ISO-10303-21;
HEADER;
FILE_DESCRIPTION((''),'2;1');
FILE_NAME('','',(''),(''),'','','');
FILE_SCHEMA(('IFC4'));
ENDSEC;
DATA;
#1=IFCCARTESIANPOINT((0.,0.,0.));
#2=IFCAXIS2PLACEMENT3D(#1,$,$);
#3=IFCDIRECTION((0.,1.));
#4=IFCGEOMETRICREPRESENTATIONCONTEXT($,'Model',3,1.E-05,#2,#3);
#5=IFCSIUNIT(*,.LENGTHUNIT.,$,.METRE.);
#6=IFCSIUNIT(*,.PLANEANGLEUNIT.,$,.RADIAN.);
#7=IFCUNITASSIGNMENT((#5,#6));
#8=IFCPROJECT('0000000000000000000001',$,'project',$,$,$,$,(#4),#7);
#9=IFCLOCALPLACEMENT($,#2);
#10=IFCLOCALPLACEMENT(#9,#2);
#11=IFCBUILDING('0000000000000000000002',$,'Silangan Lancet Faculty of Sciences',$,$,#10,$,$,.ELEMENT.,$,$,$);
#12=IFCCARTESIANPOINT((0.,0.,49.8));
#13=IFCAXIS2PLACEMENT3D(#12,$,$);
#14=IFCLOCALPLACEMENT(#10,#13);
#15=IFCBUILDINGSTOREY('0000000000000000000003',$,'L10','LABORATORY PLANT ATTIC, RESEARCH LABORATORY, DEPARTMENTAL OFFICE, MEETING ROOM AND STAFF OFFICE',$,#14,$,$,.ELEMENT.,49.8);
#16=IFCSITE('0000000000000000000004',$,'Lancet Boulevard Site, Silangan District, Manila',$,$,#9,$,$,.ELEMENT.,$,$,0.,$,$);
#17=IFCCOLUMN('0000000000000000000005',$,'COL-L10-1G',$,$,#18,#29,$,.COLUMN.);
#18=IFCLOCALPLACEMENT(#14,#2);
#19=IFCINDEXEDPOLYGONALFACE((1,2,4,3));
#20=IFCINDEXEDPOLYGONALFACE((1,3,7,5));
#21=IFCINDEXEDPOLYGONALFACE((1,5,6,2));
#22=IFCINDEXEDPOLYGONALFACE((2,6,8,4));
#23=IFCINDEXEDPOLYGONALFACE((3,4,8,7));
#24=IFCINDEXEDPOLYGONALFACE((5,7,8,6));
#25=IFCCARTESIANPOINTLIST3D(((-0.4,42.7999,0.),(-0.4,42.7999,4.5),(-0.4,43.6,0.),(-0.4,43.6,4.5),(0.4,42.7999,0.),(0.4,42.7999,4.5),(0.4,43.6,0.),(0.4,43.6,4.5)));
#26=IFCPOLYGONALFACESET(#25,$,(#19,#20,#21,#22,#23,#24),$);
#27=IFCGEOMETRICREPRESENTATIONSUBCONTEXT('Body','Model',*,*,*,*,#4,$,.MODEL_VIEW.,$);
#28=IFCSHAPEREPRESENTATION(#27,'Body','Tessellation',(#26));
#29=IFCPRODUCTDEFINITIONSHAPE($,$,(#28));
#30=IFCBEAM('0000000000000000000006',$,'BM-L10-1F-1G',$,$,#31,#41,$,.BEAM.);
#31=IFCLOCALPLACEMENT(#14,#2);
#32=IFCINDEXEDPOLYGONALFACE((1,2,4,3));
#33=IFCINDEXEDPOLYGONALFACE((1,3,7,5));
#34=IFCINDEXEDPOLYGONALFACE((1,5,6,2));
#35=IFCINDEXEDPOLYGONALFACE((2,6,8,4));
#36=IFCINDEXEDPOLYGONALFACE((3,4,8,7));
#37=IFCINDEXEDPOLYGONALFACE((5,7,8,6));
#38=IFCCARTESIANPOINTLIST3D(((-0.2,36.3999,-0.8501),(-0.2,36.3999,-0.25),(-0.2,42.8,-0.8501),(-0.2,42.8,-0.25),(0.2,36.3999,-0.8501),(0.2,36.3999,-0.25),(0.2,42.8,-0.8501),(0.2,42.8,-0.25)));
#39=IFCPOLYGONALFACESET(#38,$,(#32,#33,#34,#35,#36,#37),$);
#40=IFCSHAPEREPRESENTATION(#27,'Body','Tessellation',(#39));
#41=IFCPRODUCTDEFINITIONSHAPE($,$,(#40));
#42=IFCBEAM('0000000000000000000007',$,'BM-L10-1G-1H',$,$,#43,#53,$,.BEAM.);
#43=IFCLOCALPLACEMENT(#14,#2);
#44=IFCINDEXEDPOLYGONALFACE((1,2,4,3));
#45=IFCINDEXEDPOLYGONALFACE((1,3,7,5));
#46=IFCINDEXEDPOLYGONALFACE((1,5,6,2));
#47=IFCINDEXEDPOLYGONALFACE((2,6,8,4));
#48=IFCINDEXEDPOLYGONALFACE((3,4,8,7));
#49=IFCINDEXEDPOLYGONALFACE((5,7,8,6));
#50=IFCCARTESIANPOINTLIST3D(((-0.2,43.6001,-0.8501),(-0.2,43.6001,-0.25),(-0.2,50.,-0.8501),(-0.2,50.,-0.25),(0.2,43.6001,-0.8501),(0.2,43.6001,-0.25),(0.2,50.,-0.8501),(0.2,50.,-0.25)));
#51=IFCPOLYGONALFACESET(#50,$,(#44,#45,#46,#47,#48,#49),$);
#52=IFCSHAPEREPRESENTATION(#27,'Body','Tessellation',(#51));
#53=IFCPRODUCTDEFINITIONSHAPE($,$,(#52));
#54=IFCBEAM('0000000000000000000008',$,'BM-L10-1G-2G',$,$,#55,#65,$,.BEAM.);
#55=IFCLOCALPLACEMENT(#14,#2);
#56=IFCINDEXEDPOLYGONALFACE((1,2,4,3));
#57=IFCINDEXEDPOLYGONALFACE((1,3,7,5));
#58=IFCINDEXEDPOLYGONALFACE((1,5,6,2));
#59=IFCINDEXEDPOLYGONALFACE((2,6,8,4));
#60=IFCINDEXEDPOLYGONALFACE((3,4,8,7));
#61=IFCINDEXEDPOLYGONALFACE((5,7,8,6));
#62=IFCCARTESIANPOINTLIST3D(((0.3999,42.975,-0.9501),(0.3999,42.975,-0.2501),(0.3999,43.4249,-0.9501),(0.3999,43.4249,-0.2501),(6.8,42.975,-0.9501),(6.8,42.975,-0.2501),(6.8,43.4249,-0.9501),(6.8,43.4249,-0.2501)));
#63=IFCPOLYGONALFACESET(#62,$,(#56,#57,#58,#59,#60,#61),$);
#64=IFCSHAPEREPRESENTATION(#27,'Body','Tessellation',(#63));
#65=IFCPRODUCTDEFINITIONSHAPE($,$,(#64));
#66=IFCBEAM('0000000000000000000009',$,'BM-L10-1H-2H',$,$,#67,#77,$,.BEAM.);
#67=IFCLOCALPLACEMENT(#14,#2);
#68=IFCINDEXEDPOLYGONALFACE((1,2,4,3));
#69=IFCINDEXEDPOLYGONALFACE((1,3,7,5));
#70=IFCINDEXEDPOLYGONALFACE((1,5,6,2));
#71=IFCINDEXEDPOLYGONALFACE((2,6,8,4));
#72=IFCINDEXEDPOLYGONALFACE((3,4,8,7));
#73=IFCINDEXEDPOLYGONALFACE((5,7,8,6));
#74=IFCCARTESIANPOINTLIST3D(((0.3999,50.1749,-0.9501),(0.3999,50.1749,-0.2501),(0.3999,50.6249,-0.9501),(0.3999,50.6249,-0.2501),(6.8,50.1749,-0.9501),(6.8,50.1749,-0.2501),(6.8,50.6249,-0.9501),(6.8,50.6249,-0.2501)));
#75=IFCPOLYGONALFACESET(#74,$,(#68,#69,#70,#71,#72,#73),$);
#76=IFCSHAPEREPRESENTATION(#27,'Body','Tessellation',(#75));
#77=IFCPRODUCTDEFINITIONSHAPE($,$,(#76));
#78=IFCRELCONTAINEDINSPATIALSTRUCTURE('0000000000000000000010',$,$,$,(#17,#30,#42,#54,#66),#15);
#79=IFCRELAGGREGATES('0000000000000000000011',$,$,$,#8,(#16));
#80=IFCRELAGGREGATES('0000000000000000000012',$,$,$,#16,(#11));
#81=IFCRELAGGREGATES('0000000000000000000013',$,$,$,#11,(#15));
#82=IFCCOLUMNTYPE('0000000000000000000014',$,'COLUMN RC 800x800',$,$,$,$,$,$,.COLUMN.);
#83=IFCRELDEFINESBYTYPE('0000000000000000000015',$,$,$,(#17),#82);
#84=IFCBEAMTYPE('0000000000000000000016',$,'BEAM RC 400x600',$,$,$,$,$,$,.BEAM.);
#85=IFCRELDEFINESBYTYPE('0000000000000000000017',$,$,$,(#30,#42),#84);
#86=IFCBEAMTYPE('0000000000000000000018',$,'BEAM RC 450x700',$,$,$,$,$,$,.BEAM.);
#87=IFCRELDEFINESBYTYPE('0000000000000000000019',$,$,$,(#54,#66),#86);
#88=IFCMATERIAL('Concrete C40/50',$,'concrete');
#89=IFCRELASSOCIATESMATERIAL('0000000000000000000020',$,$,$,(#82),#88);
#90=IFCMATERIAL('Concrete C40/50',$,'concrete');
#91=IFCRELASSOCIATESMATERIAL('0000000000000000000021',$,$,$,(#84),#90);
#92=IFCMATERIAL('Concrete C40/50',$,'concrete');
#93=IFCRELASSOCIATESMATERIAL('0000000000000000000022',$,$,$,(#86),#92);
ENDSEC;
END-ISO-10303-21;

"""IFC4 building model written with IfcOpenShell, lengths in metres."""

from ifc_helpers import new_model, si_unit, direction, frame, origin, origin_2d, place, context, subcontext, project, spatial, rectangle, extrude, material, material_profile, profile_set, type_object, element, save


model = new_model("IFC4")

# Units and contexts
model_context = context("Model", 3, precision=1e-05, world=origin(), true_north=direction((0.0, 1.0)))
body_context = subcontext(model_context, "Body", "Model", "MODEL_VIEW")
ifc_project = project(units=[si_unit("LENGTHUNIT", "METRE"), si_unit("PLANEANGLEUNIT", "RADIAN")], contexts=[model_context])

# Site, building, storey
site_placement = place(None, origin())
site = spatial("IfcSite", under=ifc_project, at=site_placement, Name="Lancet Boulevard Site, Silangan District, Manila", CompositionType="ELEMENT", RefElevation=0.0)
building_placement = place(site_placement, origin())
building = spatial("IfcBuilding", under=site, at=building_placement, Name="Silangan Lancet Faculty of Sciences", CompositionType="ELEMENT")
storey_placement = place(building_placement, frame((0.0, 0.0, 49.8)))
storey = spatial("IfcBuildingStorey", under=building, at=storey_placement, Name="L10", Description="LABORATORY PLANT ATTIC, RESEARCH LABORATORY, DEPARTMENTAL OFFICE, MEETING ROOM AND STAFF OFFICE", CompositionType="ELEMENT", Elevation=49.8)

# Column
ifc_material_1 = material(Name="Concrete C40/50", Category="concrete")
ifc_material_profile_1 = material_profile(ifc_material_1, rectangle(XDim=0.8, YDim=0.8, at=origin_2d()), Name="RC 800x800")
ifc_profile_set_1 = profile_set([ifc_material_profile_1], Name="Concrete C40/50")
column_type = type_object("IfcColumnType", Name="COLUMN RC 800x800", PredefinedType="COLUMN", material=ifc_profile_set_1)
column_placement = place(storey_placement, frame((0.0, 43.2, 0.0), z_axis=(0.0, 0.0, 1.0), x_axis=(1.0, 0.0, 0.0)))
element("IfcColumn", 1, at=column_placement, inside=storey, type_object=column_type, Name="COL-L10-1G", PredefinedType="COLUMN", context=body_context, shape_type="SweptSolid", body=[
    extrude(rectangle(XDim=0.8, YDim=0.8, at=origin_2d()), origin(), (0.0, 0.0, 1.0), 4.5),
])

# Beams
ifc_material_2 = material(Name="Concrete C40/50", Category="concrete")
ifc_material_profile_2 = material_profile(ifc_material_2, rectangle(XDim=0.3999, YDim=0.6001, at=origin_2d()), Name="RC 400x600")
ifc_profile_set_2 = profile_set([ifc_material_profile_2], Name="Concrete C40/50")
beam_type_1 = type_object("IfcBeamType", Name="BEAM RC 400x600", PredefinedType="BEAM", material=ifc_profile_set_2)
beam_1_placement = place(storey_placement, frame((0.0, 36.3999, -0.55), z_axis=(0.0, 1.0, 0.0), x_axis=(-1.0, 0.0, 0.0)))
element("IfcBeam", 2, at=beam_1_placement, inside=storey, type_object=beam_type_1, Name="BM-L10-1F-1G", PredefinedType="BEAM", context=body_context, shape_type="SweptSolid", body=[
    extrude(rectangle(XDim=0.3999, YDim=0.6001, at=origin_2d()), origin(), (0.0, 0.0, 1.0), 6.4001),
])
beam_2_placement = place(storey_placement, frame((0.0, 43.6001, -0.55), z_axis=(0.0, 1.0, 0.0), x_axis=(-1.0, 0.0, 0.0)))
element("IfcBeam", 3, at=beam_2_placement, inside=storey, type_object=beam_type_1, Name="BM-L10-1G-1H", PredefinedType="BEAM", context=body_context, shape_type="SweptSolid", body=[
    extrude(rectangle(XDim=0.3999, YDim=0.6001, at=origin_2d()), origin(), (0.0, 0.0, 1.0), 6.3999),
])
ifc_material_3 = material(Name="Concrete C40/50", Category="concrete")
ifc_material_profile_3 = material_profile(ifc_material_3, rectangle(XDim=0.45, YDim=0.7, at=origin_2d()), Name="RC 450x700")
ifc_profile_set_3 = profile_set([ifc_material_profile_3], Name="Concrete C40/50")
beam_type_2 = type_object("IfcBeamType", Name="BEAM RC 450x700", PredefinedType="BEAM", material=ifc_profile_set_3)
for number, where, z_axis, x_axis, name in (
    (4, (0.3999, 43.2, -0.6001), (1.0, 0.0, 0.0), (0.0, 1.0, 0.0), "BM-L10-1G-2G"),
    (5, (0.3999, 50.3999, -0.6001), (1.0, 0.0, 0.0), (0.0, 1.0, 0.0), "BM-L10-1H-2H"),
):
    element("IfcBeam", number, at=place(storey_placement, frame(where, z_axis=z_axis, x_axis=x_axis)), inside=storey, type_object=beam_type_2, Name=name, PredefinedType="BEAM", context=body_context, shape_type="SweptSolid", body=[
        extrude(rectangle(XDim=0.45, YDim=0.7, at=origin_2d()), origin(), (0.0, 0.0, 1.0), 6.4001),
    ])

save(model, "model.ifc")
